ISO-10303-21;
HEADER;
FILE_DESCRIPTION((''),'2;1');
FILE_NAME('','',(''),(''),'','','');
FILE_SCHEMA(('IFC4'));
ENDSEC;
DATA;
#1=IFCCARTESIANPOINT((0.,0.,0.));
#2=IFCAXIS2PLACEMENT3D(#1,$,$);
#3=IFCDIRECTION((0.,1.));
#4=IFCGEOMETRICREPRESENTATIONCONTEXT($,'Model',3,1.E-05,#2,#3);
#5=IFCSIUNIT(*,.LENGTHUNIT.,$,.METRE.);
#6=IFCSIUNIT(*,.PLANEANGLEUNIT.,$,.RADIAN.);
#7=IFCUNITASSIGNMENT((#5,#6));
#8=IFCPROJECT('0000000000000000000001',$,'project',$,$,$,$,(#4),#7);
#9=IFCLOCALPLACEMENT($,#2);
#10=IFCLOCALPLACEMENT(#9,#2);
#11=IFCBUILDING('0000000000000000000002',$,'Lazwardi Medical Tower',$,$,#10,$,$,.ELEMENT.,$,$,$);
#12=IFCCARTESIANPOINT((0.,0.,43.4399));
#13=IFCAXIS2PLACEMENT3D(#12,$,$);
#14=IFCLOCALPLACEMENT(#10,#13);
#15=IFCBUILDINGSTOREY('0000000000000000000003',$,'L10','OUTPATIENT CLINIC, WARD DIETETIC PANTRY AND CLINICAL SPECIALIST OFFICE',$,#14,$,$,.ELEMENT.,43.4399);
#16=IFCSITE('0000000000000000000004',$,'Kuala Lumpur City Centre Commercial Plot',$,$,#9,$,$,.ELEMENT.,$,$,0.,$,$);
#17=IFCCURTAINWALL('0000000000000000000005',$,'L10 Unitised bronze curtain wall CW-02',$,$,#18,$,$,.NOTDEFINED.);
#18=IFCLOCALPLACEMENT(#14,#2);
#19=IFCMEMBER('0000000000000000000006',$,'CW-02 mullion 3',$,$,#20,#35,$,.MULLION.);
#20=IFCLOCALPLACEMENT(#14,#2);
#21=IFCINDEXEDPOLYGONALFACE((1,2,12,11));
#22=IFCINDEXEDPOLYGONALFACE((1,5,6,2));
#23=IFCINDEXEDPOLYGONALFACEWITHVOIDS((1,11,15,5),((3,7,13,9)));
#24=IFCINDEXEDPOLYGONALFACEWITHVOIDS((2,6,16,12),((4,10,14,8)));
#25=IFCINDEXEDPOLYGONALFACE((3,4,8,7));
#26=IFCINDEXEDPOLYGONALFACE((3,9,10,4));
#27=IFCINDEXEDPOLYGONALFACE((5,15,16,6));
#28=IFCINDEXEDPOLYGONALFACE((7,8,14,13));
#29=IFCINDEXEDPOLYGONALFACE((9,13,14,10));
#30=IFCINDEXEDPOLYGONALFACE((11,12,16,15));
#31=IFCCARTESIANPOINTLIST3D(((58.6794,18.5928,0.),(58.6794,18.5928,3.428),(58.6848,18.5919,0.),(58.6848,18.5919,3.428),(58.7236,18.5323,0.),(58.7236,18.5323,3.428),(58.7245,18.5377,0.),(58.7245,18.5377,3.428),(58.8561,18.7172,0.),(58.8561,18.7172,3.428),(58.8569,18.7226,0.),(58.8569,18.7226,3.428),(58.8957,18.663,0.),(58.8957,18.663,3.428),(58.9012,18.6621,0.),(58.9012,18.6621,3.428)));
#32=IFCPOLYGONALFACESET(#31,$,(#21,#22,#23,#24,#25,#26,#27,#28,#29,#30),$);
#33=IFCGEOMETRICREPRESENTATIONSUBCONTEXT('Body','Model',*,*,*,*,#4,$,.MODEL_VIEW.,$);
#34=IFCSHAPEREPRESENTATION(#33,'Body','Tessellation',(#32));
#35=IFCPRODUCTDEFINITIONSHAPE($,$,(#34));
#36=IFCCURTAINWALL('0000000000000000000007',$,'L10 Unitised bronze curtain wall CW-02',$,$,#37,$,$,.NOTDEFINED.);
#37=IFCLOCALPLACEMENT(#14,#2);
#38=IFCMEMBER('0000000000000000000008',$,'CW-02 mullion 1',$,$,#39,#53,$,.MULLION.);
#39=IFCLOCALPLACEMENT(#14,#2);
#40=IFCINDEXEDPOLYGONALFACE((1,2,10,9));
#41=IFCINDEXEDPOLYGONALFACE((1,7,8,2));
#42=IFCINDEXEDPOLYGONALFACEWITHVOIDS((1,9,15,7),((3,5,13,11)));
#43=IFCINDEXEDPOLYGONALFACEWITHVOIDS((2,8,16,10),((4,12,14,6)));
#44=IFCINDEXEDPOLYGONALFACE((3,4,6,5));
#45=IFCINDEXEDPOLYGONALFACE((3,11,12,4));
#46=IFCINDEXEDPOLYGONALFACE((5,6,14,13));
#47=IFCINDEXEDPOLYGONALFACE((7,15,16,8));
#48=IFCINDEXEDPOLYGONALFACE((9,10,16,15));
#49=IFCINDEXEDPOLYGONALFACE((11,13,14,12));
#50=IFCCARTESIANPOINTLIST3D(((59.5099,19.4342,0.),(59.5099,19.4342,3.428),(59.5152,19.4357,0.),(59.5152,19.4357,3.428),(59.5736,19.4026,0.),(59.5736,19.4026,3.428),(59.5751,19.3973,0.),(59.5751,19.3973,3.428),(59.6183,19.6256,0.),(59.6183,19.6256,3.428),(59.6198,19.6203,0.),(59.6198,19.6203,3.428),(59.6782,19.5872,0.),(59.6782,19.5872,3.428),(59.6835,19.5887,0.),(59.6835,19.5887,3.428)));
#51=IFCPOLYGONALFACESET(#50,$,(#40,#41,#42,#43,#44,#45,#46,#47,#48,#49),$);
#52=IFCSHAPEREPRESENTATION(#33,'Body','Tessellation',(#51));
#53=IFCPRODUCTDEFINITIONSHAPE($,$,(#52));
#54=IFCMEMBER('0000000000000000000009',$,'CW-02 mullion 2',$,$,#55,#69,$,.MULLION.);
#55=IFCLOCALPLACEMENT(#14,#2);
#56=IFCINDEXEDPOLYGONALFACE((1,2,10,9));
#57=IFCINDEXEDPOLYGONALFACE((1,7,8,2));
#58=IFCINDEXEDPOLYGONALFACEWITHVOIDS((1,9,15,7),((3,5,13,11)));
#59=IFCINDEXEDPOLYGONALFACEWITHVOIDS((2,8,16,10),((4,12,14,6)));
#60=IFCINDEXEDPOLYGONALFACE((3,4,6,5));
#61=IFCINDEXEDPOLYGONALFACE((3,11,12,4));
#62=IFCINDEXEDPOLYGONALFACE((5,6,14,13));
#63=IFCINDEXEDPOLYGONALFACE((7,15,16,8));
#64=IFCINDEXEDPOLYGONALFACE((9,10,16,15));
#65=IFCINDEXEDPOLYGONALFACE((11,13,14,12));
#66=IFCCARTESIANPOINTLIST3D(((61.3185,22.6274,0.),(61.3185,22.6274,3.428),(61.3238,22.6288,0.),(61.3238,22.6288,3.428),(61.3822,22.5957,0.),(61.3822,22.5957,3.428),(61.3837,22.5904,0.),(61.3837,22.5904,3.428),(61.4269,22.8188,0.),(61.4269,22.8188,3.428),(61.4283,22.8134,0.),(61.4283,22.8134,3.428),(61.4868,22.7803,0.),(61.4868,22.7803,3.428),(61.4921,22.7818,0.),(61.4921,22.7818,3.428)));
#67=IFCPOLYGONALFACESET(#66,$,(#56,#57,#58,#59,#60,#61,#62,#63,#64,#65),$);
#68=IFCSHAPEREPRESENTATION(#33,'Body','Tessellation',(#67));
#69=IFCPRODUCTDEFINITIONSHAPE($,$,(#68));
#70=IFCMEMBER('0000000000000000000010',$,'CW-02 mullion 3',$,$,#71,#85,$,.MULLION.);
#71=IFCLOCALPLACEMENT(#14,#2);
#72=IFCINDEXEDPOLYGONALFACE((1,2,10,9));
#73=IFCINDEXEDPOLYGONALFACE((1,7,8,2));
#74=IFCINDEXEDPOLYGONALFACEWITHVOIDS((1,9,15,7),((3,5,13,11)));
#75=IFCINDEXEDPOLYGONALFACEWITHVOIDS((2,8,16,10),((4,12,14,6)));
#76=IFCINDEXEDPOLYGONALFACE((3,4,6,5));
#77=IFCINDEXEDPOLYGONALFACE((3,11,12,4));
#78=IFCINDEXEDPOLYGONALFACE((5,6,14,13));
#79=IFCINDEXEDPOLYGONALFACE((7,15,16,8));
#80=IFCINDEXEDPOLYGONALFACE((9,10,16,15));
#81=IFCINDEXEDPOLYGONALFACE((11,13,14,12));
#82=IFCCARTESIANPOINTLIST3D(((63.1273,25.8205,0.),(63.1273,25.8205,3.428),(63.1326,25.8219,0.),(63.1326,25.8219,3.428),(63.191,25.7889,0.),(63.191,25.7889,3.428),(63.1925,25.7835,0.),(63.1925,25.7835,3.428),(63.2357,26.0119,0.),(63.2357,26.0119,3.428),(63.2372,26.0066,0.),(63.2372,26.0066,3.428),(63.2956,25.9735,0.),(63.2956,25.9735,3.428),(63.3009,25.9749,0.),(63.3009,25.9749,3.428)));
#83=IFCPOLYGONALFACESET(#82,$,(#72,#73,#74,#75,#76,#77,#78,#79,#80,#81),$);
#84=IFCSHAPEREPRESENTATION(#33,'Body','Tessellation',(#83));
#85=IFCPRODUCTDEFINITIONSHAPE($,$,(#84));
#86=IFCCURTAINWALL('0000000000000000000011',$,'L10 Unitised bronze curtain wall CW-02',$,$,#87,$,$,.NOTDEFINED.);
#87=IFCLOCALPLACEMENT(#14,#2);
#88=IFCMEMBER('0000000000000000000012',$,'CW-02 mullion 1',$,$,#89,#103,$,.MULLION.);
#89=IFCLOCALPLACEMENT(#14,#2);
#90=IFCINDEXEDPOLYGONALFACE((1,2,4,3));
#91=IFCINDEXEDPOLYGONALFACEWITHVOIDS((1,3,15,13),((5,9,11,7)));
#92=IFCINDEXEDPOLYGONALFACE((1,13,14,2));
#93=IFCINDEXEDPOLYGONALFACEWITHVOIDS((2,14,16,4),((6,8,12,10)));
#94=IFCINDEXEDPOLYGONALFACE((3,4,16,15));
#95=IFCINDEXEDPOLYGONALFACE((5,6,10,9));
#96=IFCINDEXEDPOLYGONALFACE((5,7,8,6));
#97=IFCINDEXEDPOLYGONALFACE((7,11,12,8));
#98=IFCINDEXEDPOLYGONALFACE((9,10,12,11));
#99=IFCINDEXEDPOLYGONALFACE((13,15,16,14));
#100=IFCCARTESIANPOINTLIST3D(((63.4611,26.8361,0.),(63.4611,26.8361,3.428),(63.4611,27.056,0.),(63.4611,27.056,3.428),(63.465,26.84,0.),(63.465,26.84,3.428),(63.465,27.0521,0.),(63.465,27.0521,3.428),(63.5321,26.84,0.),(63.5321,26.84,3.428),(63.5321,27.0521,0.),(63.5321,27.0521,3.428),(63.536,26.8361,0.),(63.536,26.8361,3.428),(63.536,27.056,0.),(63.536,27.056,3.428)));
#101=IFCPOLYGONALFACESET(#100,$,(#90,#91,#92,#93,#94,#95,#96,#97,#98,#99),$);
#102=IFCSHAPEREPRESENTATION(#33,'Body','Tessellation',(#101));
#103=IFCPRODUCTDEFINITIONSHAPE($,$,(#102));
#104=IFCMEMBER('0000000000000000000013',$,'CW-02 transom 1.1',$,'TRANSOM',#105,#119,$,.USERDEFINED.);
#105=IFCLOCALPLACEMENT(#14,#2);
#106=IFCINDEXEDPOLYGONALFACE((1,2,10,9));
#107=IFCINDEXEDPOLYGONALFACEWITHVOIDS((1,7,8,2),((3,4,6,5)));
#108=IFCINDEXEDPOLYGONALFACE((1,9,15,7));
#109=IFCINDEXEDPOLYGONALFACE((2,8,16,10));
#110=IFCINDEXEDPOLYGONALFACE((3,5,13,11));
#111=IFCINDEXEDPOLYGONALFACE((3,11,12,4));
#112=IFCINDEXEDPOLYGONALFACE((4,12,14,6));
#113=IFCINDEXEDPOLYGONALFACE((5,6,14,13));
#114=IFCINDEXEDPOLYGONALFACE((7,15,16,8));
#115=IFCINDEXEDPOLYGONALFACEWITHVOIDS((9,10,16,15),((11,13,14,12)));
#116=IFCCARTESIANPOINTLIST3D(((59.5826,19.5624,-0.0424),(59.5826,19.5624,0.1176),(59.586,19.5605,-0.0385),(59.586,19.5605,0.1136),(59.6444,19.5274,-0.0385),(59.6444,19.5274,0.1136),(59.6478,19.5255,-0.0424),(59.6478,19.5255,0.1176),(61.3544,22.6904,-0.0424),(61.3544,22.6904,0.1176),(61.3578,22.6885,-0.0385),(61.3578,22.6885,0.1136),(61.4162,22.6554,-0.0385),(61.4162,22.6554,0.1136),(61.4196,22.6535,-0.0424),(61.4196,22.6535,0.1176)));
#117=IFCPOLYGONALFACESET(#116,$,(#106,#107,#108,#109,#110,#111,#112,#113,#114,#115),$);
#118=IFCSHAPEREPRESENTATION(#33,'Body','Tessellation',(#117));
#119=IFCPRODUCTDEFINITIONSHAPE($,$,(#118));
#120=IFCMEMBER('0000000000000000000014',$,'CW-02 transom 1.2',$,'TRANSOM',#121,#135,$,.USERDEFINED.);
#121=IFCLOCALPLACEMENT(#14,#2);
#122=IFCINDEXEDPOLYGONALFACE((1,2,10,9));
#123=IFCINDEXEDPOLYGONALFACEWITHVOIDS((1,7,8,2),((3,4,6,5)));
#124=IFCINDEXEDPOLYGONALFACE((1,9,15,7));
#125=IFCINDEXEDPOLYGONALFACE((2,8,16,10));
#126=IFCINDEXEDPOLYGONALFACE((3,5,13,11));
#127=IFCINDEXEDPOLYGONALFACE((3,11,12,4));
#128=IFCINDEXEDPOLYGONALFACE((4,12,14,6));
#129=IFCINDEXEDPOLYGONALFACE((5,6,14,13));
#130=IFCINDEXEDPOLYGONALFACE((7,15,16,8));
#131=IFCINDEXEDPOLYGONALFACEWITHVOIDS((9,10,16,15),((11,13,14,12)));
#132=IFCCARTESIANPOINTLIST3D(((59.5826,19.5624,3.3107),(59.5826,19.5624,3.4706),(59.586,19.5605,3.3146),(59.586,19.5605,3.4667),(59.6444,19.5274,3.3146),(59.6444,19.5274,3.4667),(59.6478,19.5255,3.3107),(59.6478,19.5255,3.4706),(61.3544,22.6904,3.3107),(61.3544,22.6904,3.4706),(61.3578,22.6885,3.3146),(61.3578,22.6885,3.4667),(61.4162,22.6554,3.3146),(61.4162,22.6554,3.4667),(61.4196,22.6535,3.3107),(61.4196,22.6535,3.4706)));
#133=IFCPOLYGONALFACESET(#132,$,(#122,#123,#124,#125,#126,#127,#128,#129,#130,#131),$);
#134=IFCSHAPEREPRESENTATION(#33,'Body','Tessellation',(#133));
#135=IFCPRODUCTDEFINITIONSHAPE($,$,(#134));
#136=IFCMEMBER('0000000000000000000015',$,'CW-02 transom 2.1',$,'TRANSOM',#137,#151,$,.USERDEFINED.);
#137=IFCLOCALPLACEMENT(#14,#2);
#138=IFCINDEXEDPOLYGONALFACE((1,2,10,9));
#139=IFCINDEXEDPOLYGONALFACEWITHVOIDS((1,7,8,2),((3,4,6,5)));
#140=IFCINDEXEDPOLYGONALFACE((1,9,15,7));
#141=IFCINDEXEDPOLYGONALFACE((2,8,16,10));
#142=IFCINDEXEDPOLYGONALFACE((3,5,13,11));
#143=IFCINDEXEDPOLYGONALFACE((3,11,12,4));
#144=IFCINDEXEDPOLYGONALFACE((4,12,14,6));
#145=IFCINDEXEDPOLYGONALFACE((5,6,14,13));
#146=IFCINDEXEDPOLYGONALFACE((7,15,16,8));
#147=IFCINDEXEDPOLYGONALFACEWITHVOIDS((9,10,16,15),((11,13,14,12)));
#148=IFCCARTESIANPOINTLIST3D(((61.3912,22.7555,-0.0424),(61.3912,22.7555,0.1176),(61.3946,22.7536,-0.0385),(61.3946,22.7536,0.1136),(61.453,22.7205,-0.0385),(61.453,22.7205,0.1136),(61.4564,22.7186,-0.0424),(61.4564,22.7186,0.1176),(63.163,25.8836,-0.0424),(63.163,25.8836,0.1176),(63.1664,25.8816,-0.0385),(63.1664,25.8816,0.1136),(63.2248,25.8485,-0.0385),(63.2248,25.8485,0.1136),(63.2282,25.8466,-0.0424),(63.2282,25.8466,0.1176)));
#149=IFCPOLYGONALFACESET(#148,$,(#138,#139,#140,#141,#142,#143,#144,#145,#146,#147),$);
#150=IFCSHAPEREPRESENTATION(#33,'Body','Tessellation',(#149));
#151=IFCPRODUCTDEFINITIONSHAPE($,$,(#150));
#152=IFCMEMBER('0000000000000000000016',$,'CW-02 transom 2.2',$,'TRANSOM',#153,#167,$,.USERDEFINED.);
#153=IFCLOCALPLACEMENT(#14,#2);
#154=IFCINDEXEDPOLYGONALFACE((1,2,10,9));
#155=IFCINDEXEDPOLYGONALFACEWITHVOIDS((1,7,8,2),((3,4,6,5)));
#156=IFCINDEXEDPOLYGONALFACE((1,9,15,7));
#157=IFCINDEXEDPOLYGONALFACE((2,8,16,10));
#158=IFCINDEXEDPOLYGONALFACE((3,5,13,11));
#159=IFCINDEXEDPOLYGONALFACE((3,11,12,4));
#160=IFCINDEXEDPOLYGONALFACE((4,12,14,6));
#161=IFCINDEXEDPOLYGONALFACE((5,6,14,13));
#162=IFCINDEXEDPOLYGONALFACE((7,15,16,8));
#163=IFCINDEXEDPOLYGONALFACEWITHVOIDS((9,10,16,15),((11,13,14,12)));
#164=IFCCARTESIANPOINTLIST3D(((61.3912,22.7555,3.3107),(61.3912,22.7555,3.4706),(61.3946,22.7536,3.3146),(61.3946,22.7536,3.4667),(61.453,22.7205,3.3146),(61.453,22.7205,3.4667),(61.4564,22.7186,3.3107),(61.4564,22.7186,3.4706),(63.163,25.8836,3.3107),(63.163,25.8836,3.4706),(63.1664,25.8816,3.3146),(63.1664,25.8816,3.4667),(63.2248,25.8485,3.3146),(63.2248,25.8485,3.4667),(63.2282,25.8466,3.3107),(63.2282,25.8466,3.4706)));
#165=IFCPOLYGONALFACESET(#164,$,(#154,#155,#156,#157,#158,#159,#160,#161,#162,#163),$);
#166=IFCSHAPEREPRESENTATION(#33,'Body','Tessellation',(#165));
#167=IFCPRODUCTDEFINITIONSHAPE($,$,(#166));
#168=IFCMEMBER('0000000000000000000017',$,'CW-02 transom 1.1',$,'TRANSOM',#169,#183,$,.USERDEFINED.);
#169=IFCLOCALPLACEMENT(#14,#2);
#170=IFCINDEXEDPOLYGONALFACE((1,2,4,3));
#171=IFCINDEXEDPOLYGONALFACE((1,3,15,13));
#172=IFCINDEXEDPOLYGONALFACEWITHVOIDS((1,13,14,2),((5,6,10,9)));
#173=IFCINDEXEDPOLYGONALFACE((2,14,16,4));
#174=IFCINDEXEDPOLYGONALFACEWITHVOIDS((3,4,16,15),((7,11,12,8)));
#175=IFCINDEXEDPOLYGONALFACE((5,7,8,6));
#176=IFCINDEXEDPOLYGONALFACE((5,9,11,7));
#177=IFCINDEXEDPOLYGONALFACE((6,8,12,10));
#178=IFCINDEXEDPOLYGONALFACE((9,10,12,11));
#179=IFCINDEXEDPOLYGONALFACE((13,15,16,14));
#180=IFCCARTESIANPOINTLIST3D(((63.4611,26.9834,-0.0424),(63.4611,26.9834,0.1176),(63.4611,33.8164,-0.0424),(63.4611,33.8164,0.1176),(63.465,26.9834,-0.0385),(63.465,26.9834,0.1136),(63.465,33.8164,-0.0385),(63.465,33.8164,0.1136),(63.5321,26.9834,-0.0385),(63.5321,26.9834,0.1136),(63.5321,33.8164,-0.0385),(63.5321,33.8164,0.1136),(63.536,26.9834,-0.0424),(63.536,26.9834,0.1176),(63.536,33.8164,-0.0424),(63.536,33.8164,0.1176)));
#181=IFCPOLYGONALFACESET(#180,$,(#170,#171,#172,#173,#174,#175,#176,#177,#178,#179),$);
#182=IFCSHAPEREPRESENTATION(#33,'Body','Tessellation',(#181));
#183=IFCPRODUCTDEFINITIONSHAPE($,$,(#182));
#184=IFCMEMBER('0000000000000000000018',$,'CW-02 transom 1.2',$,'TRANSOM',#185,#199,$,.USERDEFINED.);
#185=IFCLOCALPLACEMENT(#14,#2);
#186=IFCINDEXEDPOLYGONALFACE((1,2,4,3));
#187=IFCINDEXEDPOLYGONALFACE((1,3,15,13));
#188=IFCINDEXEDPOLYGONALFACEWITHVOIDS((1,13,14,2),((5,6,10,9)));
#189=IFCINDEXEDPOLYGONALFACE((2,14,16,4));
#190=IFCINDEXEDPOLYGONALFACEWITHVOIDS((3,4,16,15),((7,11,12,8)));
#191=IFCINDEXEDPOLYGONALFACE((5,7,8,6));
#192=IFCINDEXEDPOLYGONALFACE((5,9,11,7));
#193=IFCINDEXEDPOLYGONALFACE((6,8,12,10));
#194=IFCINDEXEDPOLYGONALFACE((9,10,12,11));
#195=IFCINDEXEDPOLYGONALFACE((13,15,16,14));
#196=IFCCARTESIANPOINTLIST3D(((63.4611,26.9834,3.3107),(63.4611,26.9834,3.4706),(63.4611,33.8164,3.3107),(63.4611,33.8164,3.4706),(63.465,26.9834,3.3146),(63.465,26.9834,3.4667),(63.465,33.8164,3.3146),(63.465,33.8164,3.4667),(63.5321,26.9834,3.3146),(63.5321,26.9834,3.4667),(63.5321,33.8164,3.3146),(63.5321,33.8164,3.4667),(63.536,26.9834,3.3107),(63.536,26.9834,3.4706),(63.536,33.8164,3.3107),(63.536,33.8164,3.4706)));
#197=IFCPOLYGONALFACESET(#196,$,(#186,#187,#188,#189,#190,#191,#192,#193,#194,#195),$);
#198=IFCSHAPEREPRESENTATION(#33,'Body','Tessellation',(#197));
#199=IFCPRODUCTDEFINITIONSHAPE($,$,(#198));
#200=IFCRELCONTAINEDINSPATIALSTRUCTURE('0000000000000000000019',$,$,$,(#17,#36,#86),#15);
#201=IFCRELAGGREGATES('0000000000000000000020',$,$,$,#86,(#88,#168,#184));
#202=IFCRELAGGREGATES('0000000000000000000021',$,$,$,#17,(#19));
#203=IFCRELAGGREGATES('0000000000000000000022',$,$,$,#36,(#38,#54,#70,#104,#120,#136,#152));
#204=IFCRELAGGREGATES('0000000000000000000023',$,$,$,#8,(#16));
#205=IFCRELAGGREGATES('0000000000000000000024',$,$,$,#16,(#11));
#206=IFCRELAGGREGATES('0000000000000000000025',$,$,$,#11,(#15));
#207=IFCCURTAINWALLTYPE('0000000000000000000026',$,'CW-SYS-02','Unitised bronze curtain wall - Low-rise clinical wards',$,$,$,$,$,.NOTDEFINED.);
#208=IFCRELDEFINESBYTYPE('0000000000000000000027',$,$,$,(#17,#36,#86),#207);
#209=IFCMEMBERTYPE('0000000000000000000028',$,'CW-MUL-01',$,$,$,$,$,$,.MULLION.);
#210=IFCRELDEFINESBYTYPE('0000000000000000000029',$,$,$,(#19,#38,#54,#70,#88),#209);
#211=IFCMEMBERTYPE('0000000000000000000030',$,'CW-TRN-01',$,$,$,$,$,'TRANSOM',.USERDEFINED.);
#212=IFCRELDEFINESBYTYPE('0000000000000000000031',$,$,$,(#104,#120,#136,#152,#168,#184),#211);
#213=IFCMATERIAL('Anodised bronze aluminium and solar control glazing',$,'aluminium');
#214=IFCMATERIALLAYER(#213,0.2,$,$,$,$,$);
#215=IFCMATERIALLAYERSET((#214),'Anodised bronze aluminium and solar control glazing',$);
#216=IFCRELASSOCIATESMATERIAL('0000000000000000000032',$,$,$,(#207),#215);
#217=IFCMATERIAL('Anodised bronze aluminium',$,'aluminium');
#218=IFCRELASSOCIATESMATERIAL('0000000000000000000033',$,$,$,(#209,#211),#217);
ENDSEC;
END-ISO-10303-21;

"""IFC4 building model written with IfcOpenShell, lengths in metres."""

from ifc_helpers import new_model, si_unit, direction, frame, origin, origin_2d, place, context, subcontext, project, spatial, hollow_rectangle, extrude, material, layer, layer_set, material_profile, profile_set, type_object, element, aggregate, save


model = new_model("IFC4")

# Units and contexts
model_context = context("Model", 3, precision=1e-05, world=origin(), true_north=direction((0.0, 1.0)))
body_context = subcontext(model_context, "Body", "Model", "MODEL_VIEW")
ifc_project = project(units=[si_unit("LENGTHUNIT", "METRE"), si_unit("PLANEANGLEUNIT", "RADIAN")], contexts=[model_context])

# Site, building, storey
site_placement = place(None, origin())
site = spatial("IfcSite", under=ifc_project, at=site_placement, Name="Kuala Lumpur City Centre Commercial Plot", CompositionType="ELEMENT", RefElevation=0.0)
building_placement = place(site_placement, origin())
building = spatial("IfcBuilding", under=site, at=building_placement, Name="Lazwardi Medical Tower", CompositionType="ELEMENT")
storey_placement = place(building_placement, frame((0.0, 0.0, 43.4399)))
storey = spatial("IfcBuildingStorey", under=building, at=storey_placement, Name="L10", Description="OUTPATIENT CLINIC, WARD DIETETIC PANTRY AND CLINICAL SPECIALIST OFFICE", CompositionType="ELEMENT", Elevation=43.4399)

# Curtain wall, member
ifc_material_1 = material(Name="Anodised bronze aluminium and solar control glazing", Category="aluminium")
ifc_layer_1 = layer(ifc_material_1, 0.2)
ifc_layer_set_1 = layer_set([ifc_layer_1], Name="Anodised bronze aluminium and solar control glazing")
curtain_wall_type = type_object("IfcCurtainWallType", Name="CW-SYS-02", Description="Unitised bronze curtain wall - Low-rise clinical wards", PredefinedType="NOTDEFINED", material=ifc_layer_set_1)
curtain_wall_1_placement = place(storey_placement, origin())
curtain_wall_1 = element("IfcCurtainWall", 1, at=curtain_wall_1_placement, inside=storey, type_object=curtain_wall_type, Name="L10 Unitised bronze curtain wall CW-02", PredefinedType="NOTDEFINED")
ifc_material_2 = material(Name="Anodised bronze aluminium", Category="aluminium")
ifc_material_profile_1 = material_profile(ifc_material_2, hollow_rectangle(XDim=0.075, YDim=0.22, WallThickness=0.0039, at=origin_2d()), Name="ALU-MULLION 220x75x4")
ifc_profile_set_1 = profile_set([ifc_material_profile_1], Name="Anodised bronze aluminium")
member_type_1 = type_object("IfcMemberType", Name="CW-MUL-01", PredefinedType="MULLION", material=ifc_profile_set_1)
member_1_placement = place(storey_placement, frame((58.7903, 18.6274, 0.0), z_axis=(0.0, 0.0, 1.0), x_axis=(-0.590289, 0.807192, 0.0)))
member_1 = element("IfcMember", 2, at=member_1_placement, type_object=member_type_1, Name="CW-02 mullion 3", PredefinedType="MULLION", context=body_context, shape_type="SweptSolid", body=[
    extrude(hollow_rectangle(XDim=0.075, YDim=0.22, WallThickness=0.0039, at=origin_2d()), origin(), (0.0, 0.0, 1.0), 3.428),
])

# Curtain wall, members
curtain_wall_2_placement = place(storey_placement, origin())
curtain_wall_2 = element("IfcCurtainWall", 3, at=curtain_wall_2_placement, inside=storey, type_object=curtain_wall_type, Name="L10 Unitised bronze curtain wall CW-02", PredefinedType="NOTDEFINED")
member_2_placement = place(storey_placement, frame((59.5967, 19.5115, 0.0), z_axis=(0.0, 0.0, 1.0), x_axis=(-0.870112, 0.492854, 0.0)))
member_2 = element("IfcMember", 4, at=member_2_placement, type_object=member_type_1, Name="CW-02 mullion 1", PredefinedType="MULLION", context=body_context, shape_type="SweptSolid", body=[
    extrude(hollow_rectangle(XDim=0.075, YDim=0.22, WallThickness=0.0039, at=origin_2d()), origin(), (0.0, 0.0, 1.0), 3.428),
])
member_3_placement = place(storey_placement, frame((61.4053, 22.7046, 0.0), z_axis=(0.0, 0.0, 1.0), x_axis=(-0.870112, 0.492854, 0.0)))
member_3 = element("IfcMember", 5, at=member_3_placement, type_object=member_type_1, Name="CW-02 mullion 2", PredefinedType="MULLION", context=body_context, shape_type="SweptSolid", body=[
    extrude(hollow_rectangle(XDim=0.075, YDim=0.22, WallThickness=0.0039, at=origin_2d()), origin(), (0.0, 0.0, 1.0), 3.428),
])
member_4_placement = place(storey_placement, frame((63.2141, 25.8977, 0.0), z_axis=(0.0, 0.0, 1.0), x_axis=(-0.870112, 0.492854, 0.0)))
member_4 = element("IfcMember", 6, at=member_4_placement, type_object=member_type_1, Name="CW-02 mullion 3", PredefinedType="MULLION", context=body_context, shape_type="SweptSolid", body=[
    extrude(hollow_rectangle(XDim=0.075, YDim=0.22, WallThickness=0.0039, at=origin_2d()), origin(), (0.0, 0.0, 1.0), 3.428),
])

# Curtain wall, member
curtain_wall_3_placement = place(storey_placement, origin())
curtain_wall_3 = element("IfcCurtainWall", 7, at=curtain_wall_3_placement, inside=storey, type_object=curtain_wall_type, Name="L10 Unitised bronze curtain wall CW-02", PredefinedType="NOTDEFINED")
member_5_placement = place(storey_placement, frame((63.4985, 26.946, 0.0), z_axis=(0.0, 0.0, 1.0), x_axis=(-1.0, 0.0, 0.0)))
member_5 = element("IfcMember", 8, at=member_5_placement, type_object=member_type_1, Name="CW-02 mullion 1", PredefinedType="MULLION", context=body_context, shape_type="SweptSolid", body=[
    extrude(hollow_rectangle(XDim=0.075, YDim=0.22, WallThickness=0.0039, at=origin_2d()), origin(), (0.0, 0.0, 1.0), 3.428),
])

# Members
ifc_material_profile_2 = material_profile(ifc_material_2, hollow_rectangle(XDim=0.075, YDim=0.1599, WallThickness=0.0039, at=origin_2d()), Name="ALU-TRANSOM 160x75x4")
ifc_profile_set_2 = profile_set([ifc_material_profile_2], Name="Anodised bronze aluminium")
member_type_2 = type_object("IfcMemberType", Name="CW-TRN-01", ElementType="TRANSOM", PredefinedType="USERDEFINED", material=ifc_profile_set_2)
member_6_placement = place(storey_placement, frame((59.6152, 19.5439, 0.0376), z_axis=(0.492851, 0.870113, 0.0), x_axis=(-0.870113, 0.492851, 0.0)))
member_6 = element("IfcMember", 9, at=member_6_placement, type_object=member_type_2, Name="CW-02 transom 1.1", ObjectType="TRANSOM", PredefinedType="USERDEFINED", context=body_context, shape_type="SweptSolid", body=[
    extrude(hollow_rectangle(XDim=0.075, YDim=0.1599, WallThickness=0.0039, at=origin_2d()), origin(), (0.0, 0.0, 1.0), 3.595),
])
member_7_placement = place(storey_placement, frame((59.6152, 19.5439, 3.3906), z_axis=(0.492851, 0.870113, 0.0), x_axis=(-0.870113, 0.492851, 0.0)))
member_7 = element("IfcMember", 10, at=member_7_placement, type_object=member_type_2, Name="CW-02 transom 1.2", ObjectType="TRANSOM", PredefinedType="USERDEFINED", context=body_context, shape_type="SweptSolid", body=[
    extrude(hollow_rectangle(XDim=0.075, YDim=0.1599, WallThickness=0.0039, at=origin_2d()), origin(), (0.0, 0.0, 1.0), 3.595),
])
member_8_placement = place(storey_placement, frame((61.4238, 22.7371, 0.0376), z_axis=(0.492851, 0.870113, 0.0), x_axis=(-0.870113, 0.492851, 0.0)))
member_8 = element("IfcMember", 11, at=member_8_placement, type_object=member_type_2, Name="CW-02 transom 2.1", ObjectType="TRANSOM", PredefinedType="USERDEFINED", context=body_context, shape_type="SweptSolid", body=[
    extrude(hollow_rectangle(XDim=0.075, YDim=0.1599, WallThickness=0.0039, at=origin_2d()), origin(), (0.0, 0.0, 1.0), 3.595),
])
member_9_placement = place(storey_placement, frame((61.4238, 22.7371, 3.3906), z_axis=(0.492851, 0.870113, 0.0), x_axis=(-0.870113, 0.492851, 0.0)))
member_9 = element("IfcMember", 12, at=member_9_placement, type_object=member_type_2, Name="CW-02 transom 2.2", ObjectType="TRANSOM", PredefinedType="USERDEFINED", context=body_context, shape_type="SweptSolid", body=[
    extrude(hollow_rectangle(XDim=0.075, YDim=0.1599, WallThickness=0.0039, at=origin_2d()), origin(), (0.0, 0.0, 1.0), 3.595),
])
member_10_placement = place(storey_placement, frame((63.4985, 26.9834, 0.0376), z_axis=(0.0, 1.0, 0.0), x_axis=(-1.0, 0.0, 0.0)))
member_10 = element("IfcMember", 13, at=member_10_placement, type_object=member_type_2, Name="CW-02 transom 1.1", ObjectType="TRANSOM", PredefinedType="USERDEFINED", context=body_context, shape_type="SweptSolid", body=[
    extrude(hollow_rectangle(XDim=0.075, YDim=0.1599, WallThickness=0.0039, at=origin_2d()), origin(), (0.0, 0.0, 1.0), 6.833),
])
member_11_placement = place(storey_placement, frame((63.4985, 26.9834, 3.3906), z_axis=(0.0, 1.0, 0.0), x_axis=(-1.0, 0.0, 0.0)))
member_11 = element("IfcMember", 14, at=member_11_placement, type_object=member_type_2, Name="CW-02 transom 1.2", ObjectType="TRANSOM", PredefinedType="USERDEFINED", context=body_context, shape_type="SweptSolid", body=[
    extrude(hollow_rectangle(XDim=0.075, YDim=0.1599, WallThickness=0.0039, at=origin_2d()), origin(), (0.0, 0.0, 1.0), 6.833),
])
aggregate(curtain_wall_3, [member_5, member_10, member_11])

aggregate(curtain_wall_1, [member_1])
aggregate(curtain_wall_2, [member_2, member_3, member_4, member_6, member_7, member_8, member_9])

save(model, "model.ifc")
